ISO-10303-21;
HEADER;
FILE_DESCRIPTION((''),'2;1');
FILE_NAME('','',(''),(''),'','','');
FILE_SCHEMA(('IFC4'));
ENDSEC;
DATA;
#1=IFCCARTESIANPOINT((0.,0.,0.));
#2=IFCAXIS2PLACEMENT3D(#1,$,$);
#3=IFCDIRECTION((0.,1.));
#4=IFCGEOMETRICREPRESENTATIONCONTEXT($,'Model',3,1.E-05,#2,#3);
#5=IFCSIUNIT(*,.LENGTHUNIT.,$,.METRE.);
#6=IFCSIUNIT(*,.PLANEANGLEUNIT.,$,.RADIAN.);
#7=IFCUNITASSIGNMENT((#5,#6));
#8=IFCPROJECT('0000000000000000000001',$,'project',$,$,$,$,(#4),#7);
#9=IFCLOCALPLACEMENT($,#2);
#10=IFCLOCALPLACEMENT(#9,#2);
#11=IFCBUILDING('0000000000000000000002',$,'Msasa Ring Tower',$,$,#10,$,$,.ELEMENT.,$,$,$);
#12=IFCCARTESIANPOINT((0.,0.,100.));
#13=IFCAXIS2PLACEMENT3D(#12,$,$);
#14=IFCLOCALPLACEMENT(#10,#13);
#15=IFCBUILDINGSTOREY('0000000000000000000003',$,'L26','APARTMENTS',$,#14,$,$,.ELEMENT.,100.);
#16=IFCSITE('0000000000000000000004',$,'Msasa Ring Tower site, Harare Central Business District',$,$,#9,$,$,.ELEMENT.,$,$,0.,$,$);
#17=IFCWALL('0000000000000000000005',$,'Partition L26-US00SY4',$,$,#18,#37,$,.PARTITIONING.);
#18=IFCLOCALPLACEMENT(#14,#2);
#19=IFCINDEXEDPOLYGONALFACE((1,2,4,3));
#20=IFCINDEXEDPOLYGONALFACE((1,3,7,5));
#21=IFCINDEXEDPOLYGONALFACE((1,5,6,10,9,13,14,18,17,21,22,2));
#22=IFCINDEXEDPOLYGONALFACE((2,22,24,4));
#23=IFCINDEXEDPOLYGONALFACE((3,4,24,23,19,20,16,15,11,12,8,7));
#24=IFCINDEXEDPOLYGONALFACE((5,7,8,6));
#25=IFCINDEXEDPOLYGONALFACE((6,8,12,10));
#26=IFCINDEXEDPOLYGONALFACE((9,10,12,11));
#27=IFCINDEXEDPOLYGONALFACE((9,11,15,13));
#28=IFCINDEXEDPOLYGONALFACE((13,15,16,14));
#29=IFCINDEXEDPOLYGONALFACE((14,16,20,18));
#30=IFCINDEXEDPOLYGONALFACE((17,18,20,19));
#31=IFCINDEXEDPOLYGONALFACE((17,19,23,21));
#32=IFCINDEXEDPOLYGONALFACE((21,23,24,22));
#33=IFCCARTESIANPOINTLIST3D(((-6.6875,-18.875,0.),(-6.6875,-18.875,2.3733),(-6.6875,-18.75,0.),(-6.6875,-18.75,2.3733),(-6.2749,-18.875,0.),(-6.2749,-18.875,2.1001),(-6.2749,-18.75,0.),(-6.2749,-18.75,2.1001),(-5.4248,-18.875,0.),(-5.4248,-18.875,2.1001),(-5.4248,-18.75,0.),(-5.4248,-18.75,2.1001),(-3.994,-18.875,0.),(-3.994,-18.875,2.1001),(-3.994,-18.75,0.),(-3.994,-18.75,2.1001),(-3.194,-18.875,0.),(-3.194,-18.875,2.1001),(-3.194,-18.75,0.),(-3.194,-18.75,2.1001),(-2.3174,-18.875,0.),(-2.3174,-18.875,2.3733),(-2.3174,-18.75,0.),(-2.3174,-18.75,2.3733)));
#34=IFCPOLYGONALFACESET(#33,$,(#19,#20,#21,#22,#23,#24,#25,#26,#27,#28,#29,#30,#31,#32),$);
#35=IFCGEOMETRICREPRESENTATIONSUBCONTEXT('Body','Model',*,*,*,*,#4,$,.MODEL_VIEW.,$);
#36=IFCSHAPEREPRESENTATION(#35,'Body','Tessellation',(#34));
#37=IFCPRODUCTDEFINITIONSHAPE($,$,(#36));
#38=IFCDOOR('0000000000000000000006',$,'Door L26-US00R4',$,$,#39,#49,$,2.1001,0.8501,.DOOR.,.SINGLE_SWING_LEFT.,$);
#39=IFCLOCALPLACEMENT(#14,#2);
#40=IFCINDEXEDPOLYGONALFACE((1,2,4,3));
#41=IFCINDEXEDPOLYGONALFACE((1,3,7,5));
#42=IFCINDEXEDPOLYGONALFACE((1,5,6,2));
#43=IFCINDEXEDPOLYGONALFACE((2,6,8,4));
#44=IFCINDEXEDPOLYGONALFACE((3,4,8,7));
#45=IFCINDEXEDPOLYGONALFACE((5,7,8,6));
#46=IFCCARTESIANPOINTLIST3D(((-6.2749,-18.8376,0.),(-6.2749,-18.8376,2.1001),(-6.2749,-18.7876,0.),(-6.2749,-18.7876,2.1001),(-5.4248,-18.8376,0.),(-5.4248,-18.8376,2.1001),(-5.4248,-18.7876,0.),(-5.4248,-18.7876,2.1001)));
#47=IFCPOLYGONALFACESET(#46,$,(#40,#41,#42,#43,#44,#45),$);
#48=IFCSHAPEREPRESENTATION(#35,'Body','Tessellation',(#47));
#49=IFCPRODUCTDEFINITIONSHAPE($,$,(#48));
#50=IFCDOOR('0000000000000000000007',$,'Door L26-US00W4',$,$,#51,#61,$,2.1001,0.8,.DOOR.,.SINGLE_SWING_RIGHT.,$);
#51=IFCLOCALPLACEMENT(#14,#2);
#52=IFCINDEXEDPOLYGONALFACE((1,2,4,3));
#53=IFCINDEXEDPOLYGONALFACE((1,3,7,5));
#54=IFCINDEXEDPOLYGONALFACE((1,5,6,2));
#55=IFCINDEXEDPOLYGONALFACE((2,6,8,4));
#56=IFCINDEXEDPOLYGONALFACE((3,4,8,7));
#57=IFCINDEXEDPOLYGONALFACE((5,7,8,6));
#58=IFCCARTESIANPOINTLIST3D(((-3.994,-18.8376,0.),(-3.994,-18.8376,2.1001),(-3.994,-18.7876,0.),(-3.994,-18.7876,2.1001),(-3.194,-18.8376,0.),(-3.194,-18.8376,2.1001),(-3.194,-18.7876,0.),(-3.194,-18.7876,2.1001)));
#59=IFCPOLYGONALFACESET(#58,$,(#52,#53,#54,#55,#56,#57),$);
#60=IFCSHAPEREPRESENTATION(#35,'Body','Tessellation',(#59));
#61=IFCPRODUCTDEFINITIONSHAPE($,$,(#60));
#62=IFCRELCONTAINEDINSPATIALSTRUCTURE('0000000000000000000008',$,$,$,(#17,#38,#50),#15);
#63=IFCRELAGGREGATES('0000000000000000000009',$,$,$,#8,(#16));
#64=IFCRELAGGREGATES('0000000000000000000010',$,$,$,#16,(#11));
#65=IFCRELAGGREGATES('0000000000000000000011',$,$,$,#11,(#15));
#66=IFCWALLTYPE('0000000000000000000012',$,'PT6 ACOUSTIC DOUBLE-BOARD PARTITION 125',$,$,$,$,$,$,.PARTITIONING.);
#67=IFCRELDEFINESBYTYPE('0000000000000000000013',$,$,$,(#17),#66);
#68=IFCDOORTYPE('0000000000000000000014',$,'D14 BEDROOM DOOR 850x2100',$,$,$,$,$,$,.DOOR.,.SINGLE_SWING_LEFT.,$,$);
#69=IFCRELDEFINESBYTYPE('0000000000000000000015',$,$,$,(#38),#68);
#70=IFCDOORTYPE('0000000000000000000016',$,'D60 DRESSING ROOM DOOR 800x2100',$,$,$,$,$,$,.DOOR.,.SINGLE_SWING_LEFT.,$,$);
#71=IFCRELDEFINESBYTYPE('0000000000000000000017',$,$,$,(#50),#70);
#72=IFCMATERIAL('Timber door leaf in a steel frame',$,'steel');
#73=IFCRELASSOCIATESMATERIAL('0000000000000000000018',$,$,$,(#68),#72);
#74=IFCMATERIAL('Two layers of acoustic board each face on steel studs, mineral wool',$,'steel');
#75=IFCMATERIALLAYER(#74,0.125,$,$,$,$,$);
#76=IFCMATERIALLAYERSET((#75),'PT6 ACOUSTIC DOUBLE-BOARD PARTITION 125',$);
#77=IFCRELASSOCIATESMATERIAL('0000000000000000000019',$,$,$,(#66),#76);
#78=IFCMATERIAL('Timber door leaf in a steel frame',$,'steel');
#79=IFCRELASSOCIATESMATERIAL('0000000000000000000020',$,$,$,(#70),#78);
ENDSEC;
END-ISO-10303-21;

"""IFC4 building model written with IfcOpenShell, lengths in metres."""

from ifc_helpers import new_model, si_unit, direction, frame, frame_2d, origin, place, context, subcontext, project, spatial, rectangle, extrude, material, layer, layer_set, type_object, element, fill, save


model = new_model("IFC4")

# Units and contexts
model_context = context("Model", 3, precision=1e-05, world=origin(), true_north=direction((0.0, 1.0)))
body_context = subcontext(model_context, "Body", "Model", "MODEL_VIEW")
ifc_project = project(units=[si_unit("LENGTHUNIT", "METRE"), si_unit("PLANEANGLEUNIT", "RADIAN")], contexts=[model_context])

# Site, building, storey
site_placement = place(None, origin())
site = spatial("IfcSite", under=ifc_project, at=site_placement, Name="Msasa Ring Tower site, Harare Central Business District", CompositionType="ELEMENT", RefElevation=0.0)
building_placement = place(site_placement, origin())
building = spatial("IfcBuilding", under=site, at=building_placement, Name="Msasa Ring Tower", CompositionType="ELEMENT")
storey_placement = place(building_placement, frame((0.0, 0.0, 100.0)))
storey = spatial("IfcBuildingStorey", under=building, at=storey_placement, Name="L26", Description="APARTMENTS", CompositionType="ELEMENT", Elevation=100.0)

# Shared definitions
ifc_material_1 = material(Name="Timber door leaf in a steel frame", Category="steel")
door_type_1 = type_object("IfcDoorType", Name="D14 BEDROOM DOOR 850x2100", OperationType="SINGLE_SWING_LEFT", PredefinedType="DOOR", material=ifc_material_1)

# Shared definitions
ifc_material_2 = material(Name="Two layers of acoustic board each face on steel studs, mineral wool", Category="steel")
ifc_layer_1 = layer(ifc_material_2, 0.125)
ifc_layer_set_1 = layer_set([ifc_layer_1], Name="PT6 ACOUSTIC DOUBLE-BOARD PARTITION 125")
wall_type_1 = type_object("IfcWallType", Name="PT6 ACOUSTIC DOUBLE-BOARD PARTITION 125", PredefinedType="PARTITIONING", material=ifc_layer_set_1)

# Shared definitions
ifc_material_3 = material(Name="Timber door leaf in a steel frame", Category="steel")
door_type_2 = type_object("IfcDoorType", Name="D60 DRESSING ROOM DOOR 800x2100", OperationType="SINGLE_SWING_LEFT", PredefinedType="DOOR", material=ifc_material_3)

# Wall, openings, doors
wall_1_placement = place(storey_placement, frame((-6.6875, -18.8125, 0.0), z_axis=(0.0, 0.0, 1.0), x_axis=(1.0, 0.0, 0.0)))
wall_1 = element("IfcWall", 1, at=wall_1_placement, inside=storey, type_object=wall_type_1, Name="Partition L26-US00SY4", PredefinedType="PARTITIONING", context=body_context, shape_type="SweptSolid", body=[
    extrude(rectangle(XDim=4.3701, YDim=0.125, at=frame_2d((2.1851, 0.0))), origin(), (0.0, 0.0, 1.0), 2.3733),
])
opening_1_placement = place(wall_1_placement, frame((0.4126, 0.0, 0.0)))
opening_1 = element("IfcOpeningElement", 2, at=opening_1_placement, cuts=wall_1, PredefinedType="OPENING", context=body_context, shape_type="SweptSolid", body=[
    extrude(rectangle(XDim=0.8501, YDim=2.1001, at=frame_2d((0.425, 1.05))), frame((0.0, 0.0725, 0.0), z_axis=(0.0, -1.0, 0.0), x_axis=(1.0, 0.0, 0.0)), (0.0, 0.0, 1.0), 0.145),
])
opening_2_placement = place(wall_1_placement, frame((2.6936, 0.0, 0.0)))
opening_2 = element("IfcOpeningElement", 3, at=opening_2_placement, cuts=wall_1, PredefinedType="OPENING", context=body_context, shape_type="SweptSolid", body=[
    extrude(rectangle(XDim=0.8, YDim=2.1001, at=frame_2d((0.3999, 1.05))), frame((0.0, 0.0725, 0.0), z_axis=(0.0, -1.0, 0.0), x_axis=(1.0, 0.0, 0.0)), (0.0, 0.0, 1.0), 0.145),
])
door_1_placement = place(opening_1_placement, origin())
door_1 = element("IfcDoor", 4, at=door_1_placement, inside=storey, type_object=door_type_1, Name="Door L26-US00R4", OperationType="SINGLE_SWING_LEFT", OverallHeight=2.1001, OverallWidth=0.8501, PredefinedType="DOOR", context=body_context, shape_type="SweptSolid", body=[
    extrude(rectangle(XDim=0.8501, YDim=2.1001, at=frame_2d((0.425, 1.05))), frame((0.0, 0.0249, 0.0), z_axis=(0.0, -1.0, 0.0), x_axis=(1.0, 0.0, 0.0)), (0.0, 0.0, 1.0), 0.05),
])
fill(opening_1, door_1)
door_2_placement = place(opening_2_placement, origin())
door_2 = element("IfcDoor", 5, at=door_2_placement, inside=storey, type_object=door_type_2, Name="Door L26-US00W4", OperationType="SINGLE_SWING_RIGHT", OverallHeight=2.1001, OverallWidth=0.8, PredefinedType="DOOR", context=body_context, shape_type="SweptSolid", body=[
    extrude(rectangle(XDim=0.8, YDim=2.1001, at=frame_2d((0.3999, 1.05))), frame((0.0, 0.0249, 0.0), z_axis=(0.0, -1.0, 0.0), x_axis=(1.0, 0.0, 0.0)), (0.0, 0.0, 1.0), 0.05),
])
fill(opening_2, door_2)

save(model, "model.ifc")
